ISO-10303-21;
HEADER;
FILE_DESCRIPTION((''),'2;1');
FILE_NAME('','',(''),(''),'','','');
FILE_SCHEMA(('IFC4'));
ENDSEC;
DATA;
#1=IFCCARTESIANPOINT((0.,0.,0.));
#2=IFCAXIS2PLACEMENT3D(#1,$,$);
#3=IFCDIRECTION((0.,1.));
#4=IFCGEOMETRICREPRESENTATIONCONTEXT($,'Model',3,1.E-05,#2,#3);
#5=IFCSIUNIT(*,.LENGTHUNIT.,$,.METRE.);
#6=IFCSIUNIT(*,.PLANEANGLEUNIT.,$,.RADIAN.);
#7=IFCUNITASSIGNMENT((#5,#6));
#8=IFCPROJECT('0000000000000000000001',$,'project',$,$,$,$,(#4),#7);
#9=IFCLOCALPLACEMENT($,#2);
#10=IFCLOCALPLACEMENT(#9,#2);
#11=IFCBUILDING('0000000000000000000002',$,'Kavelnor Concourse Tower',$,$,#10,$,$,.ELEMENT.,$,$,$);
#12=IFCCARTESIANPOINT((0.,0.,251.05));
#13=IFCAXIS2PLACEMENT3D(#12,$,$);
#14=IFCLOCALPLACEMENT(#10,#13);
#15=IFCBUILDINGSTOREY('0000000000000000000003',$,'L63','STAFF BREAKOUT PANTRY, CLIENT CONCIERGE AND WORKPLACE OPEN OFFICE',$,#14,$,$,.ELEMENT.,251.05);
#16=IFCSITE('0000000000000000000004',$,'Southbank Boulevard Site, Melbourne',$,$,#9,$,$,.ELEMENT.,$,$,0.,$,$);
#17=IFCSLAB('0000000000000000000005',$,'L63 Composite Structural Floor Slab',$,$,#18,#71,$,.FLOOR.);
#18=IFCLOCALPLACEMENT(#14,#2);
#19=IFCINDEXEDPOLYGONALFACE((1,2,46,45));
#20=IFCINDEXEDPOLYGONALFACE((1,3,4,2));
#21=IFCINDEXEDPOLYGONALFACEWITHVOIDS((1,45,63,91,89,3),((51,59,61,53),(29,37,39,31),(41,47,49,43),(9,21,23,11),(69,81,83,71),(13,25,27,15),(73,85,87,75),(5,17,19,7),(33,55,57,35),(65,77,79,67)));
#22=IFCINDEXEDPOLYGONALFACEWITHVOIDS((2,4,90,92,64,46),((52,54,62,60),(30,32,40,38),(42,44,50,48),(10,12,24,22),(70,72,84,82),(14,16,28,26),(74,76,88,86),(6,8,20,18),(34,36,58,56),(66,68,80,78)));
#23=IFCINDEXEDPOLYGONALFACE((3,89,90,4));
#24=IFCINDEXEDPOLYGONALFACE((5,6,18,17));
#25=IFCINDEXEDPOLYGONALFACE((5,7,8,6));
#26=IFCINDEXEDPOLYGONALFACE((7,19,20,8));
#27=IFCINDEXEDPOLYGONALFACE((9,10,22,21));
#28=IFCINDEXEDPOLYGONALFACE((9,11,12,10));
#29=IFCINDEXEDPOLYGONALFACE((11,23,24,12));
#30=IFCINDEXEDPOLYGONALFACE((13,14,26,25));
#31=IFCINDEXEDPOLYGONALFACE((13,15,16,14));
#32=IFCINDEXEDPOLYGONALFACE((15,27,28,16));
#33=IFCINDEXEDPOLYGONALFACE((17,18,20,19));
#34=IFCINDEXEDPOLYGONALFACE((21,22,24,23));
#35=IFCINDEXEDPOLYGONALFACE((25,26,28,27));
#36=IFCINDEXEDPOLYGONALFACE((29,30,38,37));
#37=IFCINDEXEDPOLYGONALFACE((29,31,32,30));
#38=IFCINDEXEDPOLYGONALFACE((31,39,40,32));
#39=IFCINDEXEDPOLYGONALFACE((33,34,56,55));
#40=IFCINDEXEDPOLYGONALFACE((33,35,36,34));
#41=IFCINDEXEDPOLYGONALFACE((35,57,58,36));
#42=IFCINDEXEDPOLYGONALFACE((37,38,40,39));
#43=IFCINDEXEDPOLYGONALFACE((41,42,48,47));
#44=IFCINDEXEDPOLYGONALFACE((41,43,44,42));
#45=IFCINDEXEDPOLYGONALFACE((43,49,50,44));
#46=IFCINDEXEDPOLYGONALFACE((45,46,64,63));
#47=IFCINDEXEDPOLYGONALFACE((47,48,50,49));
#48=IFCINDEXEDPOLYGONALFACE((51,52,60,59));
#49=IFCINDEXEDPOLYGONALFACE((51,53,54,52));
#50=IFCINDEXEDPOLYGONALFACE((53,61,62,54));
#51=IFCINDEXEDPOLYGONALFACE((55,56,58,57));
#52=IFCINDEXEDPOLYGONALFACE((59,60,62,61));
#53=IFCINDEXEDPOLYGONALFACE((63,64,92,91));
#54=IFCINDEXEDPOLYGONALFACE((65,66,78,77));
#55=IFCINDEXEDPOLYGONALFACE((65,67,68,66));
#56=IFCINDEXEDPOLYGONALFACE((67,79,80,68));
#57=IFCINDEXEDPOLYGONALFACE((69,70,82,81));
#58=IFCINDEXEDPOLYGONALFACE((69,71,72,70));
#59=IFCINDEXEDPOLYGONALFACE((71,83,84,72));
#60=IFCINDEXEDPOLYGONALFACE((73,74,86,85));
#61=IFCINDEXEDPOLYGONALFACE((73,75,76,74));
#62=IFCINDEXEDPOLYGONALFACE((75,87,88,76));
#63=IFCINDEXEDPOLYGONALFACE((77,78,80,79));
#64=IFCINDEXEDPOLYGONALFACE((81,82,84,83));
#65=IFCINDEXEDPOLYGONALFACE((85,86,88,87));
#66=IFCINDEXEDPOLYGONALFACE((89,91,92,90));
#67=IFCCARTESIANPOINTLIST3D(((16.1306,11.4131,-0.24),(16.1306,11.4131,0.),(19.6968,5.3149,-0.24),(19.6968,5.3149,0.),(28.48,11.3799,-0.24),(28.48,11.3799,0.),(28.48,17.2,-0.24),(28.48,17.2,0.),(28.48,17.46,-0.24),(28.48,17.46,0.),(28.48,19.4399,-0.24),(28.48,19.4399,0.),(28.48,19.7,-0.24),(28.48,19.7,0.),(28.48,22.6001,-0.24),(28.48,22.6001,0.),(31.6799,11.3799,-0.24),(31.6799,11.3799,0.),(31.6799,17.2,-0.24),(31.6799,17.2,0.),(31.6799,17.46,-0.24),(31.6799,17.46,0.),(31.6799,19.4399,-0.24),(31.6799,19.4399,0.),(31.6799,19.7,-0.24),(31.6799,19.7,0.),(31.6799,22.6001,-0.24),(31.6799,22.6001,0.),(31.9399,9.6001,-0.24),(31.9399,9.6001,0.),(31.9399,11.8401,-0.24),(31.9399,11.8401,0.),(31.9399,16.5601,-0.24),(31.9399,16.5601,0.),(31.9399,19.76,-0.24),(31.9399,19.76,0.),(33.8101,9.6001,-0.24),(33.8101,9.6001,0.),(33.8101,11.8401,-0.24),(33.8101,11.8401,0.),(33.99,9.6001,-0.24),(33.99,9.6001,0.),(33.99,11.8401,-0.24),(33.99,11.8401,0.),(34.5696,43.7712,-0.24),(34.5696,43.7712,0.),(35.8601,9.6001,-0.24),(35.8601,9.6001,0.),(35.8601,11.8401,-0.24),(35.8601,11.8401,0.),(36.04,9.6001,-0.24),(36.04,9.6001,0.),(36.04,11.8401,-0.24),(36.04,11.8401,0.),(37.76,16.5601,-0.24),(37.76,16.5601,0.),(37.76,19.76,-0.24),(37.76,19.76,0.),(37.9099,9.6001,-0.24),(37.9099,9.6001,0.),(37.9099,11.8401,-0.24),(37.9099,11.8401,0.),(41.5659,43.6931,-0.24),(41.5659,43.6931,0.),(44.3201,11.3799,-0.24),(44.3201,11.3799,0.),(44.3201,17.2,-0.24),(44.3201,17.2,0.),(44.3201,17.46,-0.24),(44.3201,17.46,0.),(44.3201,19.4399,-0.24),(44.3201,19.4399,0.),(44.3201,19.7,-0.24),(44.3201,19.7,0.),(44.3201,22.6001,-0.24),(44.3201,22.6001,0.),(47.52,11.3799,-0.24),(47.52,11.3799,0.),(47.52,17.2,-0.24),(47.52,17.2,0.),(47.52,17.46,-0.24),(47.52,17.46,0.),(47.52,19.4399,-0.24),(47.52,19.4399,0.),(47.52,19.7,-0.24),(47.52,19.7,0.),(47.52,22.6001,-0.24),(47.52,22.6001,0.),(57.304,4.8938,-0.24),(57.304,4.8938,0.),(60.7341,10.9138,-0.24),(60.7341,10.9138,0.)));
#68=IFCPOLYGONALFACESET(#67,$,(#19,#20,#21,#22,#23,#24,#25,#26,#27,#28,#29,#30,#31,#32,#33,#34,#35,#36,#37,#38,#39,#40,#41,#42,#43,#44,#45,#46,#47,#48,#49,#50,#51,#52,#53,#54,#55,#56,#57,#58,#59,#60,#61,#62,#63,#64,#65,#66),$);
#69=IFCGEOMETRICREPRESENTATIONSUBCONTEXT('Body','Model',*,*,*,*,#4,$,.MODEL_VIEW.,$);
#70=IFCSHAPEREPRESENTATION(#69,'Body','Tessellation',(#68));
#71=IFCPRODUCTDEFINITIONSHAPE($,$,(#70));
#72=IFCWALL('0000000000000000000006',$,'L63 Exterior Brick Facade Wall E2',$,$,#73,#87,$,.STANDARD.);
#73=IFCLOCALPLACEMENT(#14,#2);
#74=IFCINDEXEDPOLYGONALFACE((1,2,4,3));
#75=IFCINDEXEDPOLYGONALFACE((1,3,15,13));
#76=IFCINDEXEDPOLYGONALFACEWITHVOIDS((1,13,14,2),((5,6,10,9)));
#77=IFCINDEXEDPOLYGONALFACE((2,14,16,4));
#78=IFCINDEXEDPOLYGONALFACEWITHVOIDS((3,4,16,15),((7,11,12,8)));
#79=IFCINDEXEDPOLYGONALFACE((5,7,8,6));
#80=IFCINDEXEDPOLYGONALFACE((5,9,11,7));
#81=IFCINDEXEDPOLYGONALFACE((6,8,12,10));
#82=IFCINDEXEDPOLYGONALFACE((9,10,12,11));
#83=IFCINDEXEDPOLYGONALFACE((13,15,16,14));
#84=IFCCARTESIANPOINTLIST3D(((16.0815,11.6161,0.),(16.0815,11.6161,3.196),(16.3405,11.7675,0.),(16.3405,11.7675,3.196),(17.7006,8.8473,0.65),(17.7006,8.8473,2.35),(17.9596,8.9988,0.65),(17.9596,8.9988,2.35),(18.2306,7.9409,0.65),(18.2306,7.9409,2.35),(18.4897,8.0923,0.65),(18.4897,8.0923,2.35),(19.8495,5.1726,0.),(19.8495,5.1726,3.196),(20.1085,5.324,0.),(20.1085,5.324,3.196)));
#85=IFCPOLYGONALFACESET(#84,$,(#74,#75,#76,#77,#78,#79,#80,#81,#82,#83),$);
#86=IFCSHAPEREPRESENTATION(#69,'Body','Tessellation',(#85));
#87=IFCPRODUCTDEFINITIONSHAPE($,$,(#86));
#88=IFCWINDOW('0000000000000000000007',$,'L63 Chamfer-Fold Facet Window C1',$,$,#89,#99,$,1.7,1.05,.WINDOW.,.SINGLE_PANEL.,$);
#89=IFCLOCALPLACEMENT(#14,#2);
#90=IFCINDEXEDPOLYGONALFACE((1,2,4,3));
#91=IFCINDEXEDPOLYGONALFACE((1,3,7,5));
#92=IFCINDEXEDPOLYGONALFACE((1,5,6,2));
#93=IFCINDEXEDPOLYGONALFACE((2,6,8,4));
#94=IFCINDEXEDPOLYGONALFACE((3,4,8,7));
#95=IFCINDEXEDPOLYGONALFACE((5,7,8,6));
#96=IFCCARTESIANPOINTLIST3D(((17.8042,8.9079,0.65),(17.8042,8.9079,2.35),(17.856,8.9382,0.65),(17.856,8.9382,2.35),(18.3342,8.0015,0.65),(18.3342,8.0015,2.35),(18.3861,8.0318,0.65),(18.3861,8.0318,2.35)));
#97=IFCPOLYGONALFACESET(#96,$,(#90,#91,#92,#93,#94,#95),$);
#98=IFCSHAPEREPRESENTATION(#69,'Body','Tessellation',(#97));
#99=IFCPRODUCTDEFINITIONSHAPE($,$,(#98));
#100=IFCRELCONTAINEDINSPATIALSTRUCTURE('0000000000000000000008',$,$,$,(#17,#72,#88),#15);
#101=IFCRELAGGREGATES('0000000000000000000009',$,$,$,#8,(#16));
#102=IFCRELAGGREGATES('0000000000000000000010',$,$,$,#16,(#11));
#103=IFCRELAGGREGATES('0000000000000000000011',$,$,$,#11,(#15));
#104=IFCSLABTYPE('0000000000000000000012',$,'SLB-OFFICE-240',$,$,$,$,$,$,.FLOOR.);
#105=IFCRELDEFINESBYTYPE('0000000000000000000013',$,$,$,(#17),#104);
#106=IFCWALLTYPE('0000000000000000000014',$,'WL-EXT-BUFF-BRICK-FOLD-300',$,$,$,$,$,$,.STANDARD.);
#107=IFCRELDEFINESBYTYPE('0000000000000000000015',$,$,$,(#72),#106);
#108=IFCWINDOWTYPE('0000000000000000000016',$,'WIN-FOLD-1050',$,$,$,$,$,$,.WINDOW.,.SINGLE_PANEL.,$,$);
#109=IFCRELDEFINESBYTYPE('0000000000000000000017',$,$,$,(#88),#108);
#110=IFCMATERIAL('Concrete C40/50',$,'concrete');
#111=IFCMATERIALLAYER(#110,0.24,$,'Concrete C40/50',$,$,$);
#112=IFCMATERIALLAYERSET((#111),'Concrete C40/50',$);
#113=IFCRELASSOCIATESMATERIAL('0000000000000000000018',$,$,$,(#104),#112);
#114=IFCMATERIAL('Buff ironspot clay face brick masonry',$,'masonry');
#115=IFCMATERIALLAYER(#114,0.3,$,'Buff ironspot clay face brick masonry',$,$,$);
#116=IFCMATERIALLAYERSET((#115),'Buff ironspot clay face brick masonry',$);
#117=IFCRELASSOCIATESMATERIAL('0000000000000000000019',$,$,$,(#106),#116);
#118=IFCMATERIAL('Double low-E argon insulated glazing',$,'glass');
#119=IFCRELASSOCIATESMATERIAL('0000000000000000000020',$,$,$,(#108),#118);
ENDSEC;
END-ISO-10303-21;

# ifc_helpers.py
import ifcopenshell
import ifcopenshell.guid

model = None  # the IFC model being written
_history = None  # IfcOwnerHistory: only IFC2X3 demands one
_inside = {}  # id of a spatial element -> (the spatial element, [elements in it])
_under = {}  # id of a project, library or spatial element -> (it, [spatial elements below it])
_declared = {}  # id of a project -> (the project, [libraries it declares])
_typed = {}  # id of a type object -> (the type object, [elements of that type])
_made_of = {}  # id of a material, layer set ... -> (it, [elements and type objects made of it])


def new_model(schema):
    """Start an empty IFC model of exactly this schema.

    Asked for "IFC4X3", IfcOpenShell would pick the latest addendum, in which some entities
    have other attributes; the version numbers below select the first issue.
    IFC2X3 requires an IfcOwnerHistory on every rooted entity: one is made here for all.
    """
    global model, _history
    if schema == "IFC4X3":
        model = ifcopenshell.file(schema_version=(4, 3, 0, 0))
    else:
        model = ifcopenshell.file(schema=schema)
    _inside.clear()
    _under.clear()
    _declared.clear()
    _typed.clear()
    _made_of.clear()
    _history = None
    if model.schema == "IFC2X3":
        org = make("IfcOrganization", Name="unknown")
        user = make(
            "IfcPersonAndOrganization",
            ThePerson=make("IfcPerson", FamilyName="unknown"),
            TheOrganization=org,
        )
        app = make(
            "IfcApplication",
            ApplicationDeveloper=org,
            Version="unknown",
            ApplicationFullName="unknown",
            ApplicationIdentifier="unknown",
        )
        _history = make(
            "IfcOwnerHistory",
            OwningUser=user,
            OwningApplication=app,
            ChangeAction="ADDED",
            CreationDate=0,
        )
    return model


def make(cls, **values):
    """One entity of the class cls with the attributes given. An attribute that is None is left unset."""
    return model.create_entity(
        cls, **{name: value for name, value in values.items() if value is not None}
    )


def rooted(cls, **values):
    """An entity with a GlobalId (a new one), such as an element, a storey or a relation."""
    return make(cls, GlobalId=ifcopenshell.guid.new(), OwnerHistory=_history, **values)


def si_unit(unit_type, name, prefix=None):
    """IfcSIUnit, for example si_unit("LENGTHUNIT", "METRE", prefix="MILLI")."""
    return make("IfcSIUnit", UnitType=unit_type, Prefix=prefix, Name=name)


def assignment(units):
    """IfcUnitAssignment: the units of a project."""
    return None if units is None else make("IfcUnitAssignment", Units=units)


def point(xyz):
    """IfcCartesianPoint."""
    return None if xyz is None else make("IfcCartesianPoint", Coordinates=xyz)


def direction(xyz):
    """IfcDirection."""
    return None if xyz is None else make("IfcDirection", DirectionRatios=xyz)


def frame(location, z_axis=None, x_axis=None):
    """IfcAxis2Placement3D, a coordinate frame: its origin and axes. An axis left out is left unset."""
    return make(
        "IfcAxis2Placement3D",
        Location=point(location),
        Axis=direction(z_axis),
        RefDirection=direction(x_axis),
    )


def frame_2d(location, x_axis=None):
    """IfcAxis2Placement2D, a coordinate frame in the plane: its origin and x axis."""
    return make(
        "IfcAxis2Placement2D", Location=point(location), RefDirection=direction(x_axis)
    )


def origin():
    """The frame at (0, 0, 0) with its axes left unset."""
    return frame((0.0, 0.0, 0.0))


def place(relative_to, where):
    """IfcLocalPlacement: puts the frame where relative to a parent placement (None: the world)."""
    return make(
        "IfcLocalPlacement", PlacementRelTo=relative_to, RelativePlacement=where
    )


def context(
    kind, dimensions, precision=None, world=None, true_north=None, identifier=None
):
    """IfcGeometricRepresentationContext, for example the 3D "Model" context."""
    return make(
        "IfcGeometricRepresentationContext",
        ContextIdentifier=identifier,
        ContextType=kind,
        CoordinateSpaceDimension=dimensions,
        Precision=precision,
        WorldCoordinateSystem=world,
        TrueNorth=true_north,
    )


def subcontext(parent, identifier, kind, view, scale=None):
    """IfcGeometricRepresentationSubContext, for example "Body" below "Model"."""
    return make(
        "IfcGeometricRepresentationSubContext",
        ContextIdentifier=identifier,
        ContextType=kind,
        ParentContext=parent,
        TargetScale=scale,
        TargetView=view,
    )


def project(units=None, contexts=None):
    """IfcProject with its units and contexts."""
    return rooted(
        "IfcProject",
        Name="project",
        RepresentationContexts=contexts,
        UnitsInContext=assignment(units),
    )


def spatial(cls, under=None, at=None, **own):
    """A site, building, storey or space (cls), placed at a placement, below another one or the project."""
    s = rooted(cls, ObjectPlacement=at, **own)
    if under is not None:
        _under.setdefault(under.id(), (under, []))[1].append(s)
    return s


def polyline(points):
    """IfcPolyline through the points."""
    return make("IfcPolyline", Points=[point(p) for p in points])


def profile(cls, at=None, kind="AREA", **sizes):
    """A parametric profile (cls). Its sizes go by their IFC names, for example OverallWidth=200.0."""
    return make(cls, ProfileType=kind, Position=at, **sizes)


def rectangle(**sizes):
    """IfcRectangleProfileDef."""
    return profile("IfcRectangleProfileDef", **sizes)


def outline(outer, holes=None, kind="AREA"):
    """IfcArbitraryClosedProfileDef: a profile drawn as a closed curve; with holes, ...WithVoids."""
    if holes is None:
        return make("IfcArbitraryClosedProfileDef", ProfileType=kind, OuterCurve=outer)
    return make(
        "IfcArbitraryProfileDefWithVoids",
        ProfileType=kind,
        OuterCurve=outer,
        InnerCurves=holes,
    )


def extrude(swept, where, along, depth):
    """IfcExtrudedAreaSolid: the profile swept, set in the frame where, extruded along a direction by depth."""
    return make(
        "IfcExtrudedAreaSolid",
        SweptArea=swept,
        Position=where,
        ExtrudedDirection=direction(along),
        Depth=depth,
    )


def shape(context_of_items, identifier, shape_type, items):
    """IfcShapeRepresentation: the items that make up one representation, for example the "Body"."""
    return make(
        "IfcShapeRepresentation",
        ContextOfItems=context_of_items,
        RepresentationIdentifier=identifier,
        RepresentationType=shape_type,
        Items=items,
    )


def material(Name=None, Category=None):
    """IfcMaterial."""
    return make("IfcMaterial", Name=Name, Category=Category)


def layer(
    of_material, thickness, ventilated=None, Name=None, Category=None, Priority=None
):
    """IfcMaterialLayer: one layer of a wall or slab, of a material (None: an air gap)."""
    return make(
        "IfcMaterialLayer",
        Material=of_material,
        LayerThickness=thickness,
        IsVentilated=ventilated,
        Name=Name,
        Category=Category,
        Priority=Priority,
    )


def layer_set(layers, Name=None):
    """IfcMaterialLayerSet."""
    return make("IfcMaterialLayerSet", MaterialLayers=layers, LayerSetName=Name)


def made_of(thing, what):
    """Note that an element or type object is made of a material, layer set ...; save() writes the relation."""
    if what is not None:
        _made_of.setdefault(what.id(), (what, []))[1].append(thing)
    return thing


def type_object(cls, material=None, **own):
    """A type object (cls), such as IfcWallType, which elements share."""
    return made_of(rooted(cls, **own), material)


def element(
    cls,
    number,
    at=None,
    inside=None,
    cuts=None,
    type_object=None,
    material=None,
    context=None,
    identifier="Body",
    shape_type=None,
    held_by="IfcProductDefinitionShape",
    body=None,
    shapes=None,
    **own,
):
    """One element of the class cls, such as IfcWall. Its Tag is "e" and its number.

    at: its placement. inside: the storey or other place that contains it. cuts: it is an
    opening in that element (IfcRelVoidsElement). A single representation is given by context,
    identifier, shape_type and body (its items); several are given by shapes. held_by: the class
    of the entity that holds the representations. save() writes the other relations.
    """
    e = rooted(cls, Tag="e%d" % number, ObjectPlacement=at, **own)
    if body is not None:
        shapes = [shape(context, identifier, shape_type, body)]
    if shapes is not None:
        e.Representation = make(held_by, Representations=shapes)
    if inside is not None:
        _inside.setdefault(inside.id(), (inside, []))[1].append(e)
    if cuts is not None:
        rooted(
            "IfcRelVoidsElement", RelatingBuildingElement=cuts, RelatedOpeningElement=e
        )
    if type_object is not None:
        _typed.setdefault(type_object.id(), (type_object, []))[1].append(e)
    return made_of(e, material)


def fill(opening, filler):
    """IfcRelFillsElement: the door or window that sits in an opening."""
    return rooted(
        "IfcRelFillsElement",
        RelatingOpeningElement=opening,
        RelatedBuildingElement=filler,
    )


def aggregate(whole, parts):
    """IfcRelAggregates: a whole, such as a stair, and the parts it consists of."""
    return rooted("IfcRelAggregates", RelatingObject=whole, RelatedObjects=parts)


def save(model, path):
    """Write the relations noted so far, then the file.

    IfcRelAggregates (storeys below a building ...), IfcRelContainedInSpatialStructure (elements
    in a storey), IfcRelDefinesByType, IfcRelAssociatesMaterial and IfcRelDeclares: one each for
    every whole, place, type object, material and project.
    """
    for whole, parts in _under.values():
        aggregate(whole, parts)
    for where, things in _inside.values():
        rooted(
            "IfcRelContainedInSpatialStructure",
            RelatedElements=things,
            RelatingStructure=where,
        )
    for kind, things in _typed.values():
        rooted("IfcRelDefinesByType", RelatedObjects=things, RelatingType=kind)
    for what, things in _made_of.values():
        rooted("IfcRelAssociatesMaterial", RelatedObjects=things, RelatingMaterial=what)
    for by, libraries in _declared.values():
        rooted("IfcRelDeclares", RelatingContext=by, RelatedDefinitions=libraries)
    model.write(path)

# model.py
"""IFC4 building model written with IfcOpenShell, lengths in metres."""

from ifc_helpers import new_model, si_unit, direction, frame, frame_2d, origin, place, context, subcontext, project, spatial, polyline, rectangle, outline, extrude, material, layer, layer_set, type_object, element, fill, save


model = new_model("IFC4")

# Units and contexts
model_context = context("Model", 3, precision=1e-05, world=origin(), true_north=direction((0.0, 1.0)))
body_context = subcontext(model_context, "Body", "Model", "MODEL_VIEW")
ifc_project = project(units=[si_unit("LENGTHUNIT", "METRE"), si_unit("PLANEANGLEUNIT", "RADIAN")], contexts=[model_context])

# Site, building, storey
site_placement = place(None, origin())
site = spatial("IfcSite", under=ifc_project, at=site_placement, Name="Southbank Boulevard Site, Melbourne", CompositionType="ELEMENT", RefElevation=0.0)
building_placement = place(site_placement, origin())
building = spatial("IfcBuilding", under=site, at=building_placement, Name="Kavelnor Concourse Tower", CompositionType="ELEMENT")
storey_placement = place(building_placement, frame((0.0, 0.0, 251.05)))
storey = spatial("IfcBuildingStorey", under=building, at=storey_placement, Name="L63", Description="STAFF BREAKOUT PANTRY, CLIENT CONCIERGE AND WORKPLACE OPEN OFFICE", CompositionType="ELEMENT", Elevation=251.05)

# Shared definitions
ifc_material_1 = material(Name="Concrete C40/50", Category="concrete")

# Slab
ifc_layer_1 = layer(ifc_material_1, 0.24, Name="Concrete C40/50")
ifc_layer_set_1 = layer_set([ifc_layer_1], Name="Concrete C40/50")
slab_type_1 = type_object("IfcSlabType", Name="SLB-OFFICE-240", PredefinedType="FLOOR", material=ifc_layer_set_1)
slab_1_placement = place(storey_placement, frame((0.0, 0.0, -0.24)))
element("IfcSlab", 1, at=slab_1_placement, inside=storey, type_object=slab_type_1, Name="L63 Composite Structural Floor Slab", PredefinedType="FLOOR", context=body_context, shape_type="SweptSolid", body=[
    extrude(outline(polyline([(41.5659, 43.6931), (34.5696, 43.7712), (16.1306, 11.4131), (19.6968, 5.3149), (57.304, 4.8938), (60.7341, 10.9138), (41.5659, 43.6931)]), holes=[polyline([(28.48, 11.3799), (31.6799, 11.3799), (31.6799, 17.2), (28.48, 17.2), (28.48, 11.3799)]), polyline([(44.3201, 11.3799), (47.52, 11.3799), (47.52, 17.2), (44.3201, 17.2), (44.3201, 11.3799)]), polyline([(31.9399, 16.5601), (37.76, 16.5601), (37.76, 19.76), (31.9399, 19.76), (31.9399, 16.5601)]), polyline([(28.48, 19.7), (31.6799, 19.7), (31.6799, 22.6001), (28.48, 22.6001), (28.48, 19.7)]), polyline([(44.3201, 19.7), (47.52, 19.7), (47.52, 22.6001), (44.3201, 22.6001), (44.3201, 19.7)]), polyline([(31.9399, 9.6001), (33.8101, 9.6001), (33.8101, 11.8401), (31.9399, 11.8401), (31.9399, 9.6001)]), polyline([(33.99, 9.6001), (35.8601, 9.6001), (35.8601, 11.8401), (33.99, 11.8401), (33.99, 9.6001)]), polyline([(36.04, 9.6001), (37.9099, 9.6001), (37.9099, 11.8401), (36.04, 11.8401), (36.04, 9.6001)]), polyline([(28.48, 17.46), (31.6799, 17.46), (31.6799, 19.4399), (28.48, 19.4399), (28.48, 17.46)]), polyline([(44.3201, 17.46), (47.52, 17.46), (47.52, 19.4399), (44.3201, 19.4399), (44.3201, 17.46)])]), origin(), (0.0, 0.0, 1.0), 0.24),
])

# Wall, opening, window
ifc_material_2 = material(Name="Buff ironspot clay face brick masonry", Category="masonry")
ifc_layer_2 = layer(ifc_material_2, 0.3, Name="Buff ironspot clay face brick masonry")
ifc_layer_set_2 = layer_set([ifc_layer_2], Name="Buff ironspot clay face brick masonry")
wall_type_1 = type_object("IfcWallType", Name="WL-EXT-BUFF-BRICK-FOLD-300", PredefinedType="STANDARD", material=ifc_layer_set_2)
wall_1_placement = place(storey_placement, frame((19.979, 5.2483, 0.0), z_axis=(0.0, 0.0, 1.0), x_axis=(-0.5048, 0.863236, 0.0)))
wall_1 = element("IfcWall", 2, at=wall_1_placement, inside=storey, type_object=wall_type_1, Name="L63 Exterior Brick Facade Wall E2", PredefinedType="STANDARD", context=body_context, shape_type="SweptSolid", body=[
    extrude(rectangle(XDim=7.4644, YDim=0.3, at=frame_2d((3.7322, 0.0))), origin(), (0.0, 0.0, 1.0), 3.196),
])
opening_1_placement = place(wall_1_placement, frame((3.207, 0.0, 0.6499)))
opening_1 = element("IfcOpeningElement", 3, at=opening_1_placement, cuts=wall_1, PredefinedType="OPENING", context=body_context, shape_type="SweptSolid", body=[
    extrude(rectangle(XDim=1.05, YDim=1.7, at=frame_2d((0.5249, 0.8501))), frame((0.0, 0.1602, 0.0), z_axis=(0.0, -1.0, 0.0), x_axis=(1.0, 0.0, 0.0)), (0.0, 0.0, 1.0), 0.3201),
])
ifc_material_3 = material(Name="Double low-E argon insulated glazing", Category="glass")
window_type_1 = type_object("IfcWindowType", Name="WIN-FOLD-1050", PartitioningType="SINGLE_PANEL", PredefinedType="WINDOW", material=ifc_material_3)
window_1_placement = place(opening_1_placement, origin())
window_1 = element("IfcWindow", 4, at=window_1_placement, inside=storey, type_object=window_type_1, Name="L63 Chamfer-Fold Facet Window C1", OverallHeight=1.7, OverallWidth=1.05, PartitioningType="SINGLE_PANEL", PredefinedType="WINDOW", context=body_context, shape_type="SweptSolid", body=[
    extrude(rectangle(XDim=1.05, YDim=1.7, at=frame_2d((0.5249, 0.8501))), frame((0.0, 0.03, 0.0), z_axis=(0.0, -1.0, 0.0), x_axis=(1.0, 0.0, 0.0)), (0.0, 0.0, 1.0), 0.0601),
])
fill(opening_1, window_1)

save(model, "model.ifc")
